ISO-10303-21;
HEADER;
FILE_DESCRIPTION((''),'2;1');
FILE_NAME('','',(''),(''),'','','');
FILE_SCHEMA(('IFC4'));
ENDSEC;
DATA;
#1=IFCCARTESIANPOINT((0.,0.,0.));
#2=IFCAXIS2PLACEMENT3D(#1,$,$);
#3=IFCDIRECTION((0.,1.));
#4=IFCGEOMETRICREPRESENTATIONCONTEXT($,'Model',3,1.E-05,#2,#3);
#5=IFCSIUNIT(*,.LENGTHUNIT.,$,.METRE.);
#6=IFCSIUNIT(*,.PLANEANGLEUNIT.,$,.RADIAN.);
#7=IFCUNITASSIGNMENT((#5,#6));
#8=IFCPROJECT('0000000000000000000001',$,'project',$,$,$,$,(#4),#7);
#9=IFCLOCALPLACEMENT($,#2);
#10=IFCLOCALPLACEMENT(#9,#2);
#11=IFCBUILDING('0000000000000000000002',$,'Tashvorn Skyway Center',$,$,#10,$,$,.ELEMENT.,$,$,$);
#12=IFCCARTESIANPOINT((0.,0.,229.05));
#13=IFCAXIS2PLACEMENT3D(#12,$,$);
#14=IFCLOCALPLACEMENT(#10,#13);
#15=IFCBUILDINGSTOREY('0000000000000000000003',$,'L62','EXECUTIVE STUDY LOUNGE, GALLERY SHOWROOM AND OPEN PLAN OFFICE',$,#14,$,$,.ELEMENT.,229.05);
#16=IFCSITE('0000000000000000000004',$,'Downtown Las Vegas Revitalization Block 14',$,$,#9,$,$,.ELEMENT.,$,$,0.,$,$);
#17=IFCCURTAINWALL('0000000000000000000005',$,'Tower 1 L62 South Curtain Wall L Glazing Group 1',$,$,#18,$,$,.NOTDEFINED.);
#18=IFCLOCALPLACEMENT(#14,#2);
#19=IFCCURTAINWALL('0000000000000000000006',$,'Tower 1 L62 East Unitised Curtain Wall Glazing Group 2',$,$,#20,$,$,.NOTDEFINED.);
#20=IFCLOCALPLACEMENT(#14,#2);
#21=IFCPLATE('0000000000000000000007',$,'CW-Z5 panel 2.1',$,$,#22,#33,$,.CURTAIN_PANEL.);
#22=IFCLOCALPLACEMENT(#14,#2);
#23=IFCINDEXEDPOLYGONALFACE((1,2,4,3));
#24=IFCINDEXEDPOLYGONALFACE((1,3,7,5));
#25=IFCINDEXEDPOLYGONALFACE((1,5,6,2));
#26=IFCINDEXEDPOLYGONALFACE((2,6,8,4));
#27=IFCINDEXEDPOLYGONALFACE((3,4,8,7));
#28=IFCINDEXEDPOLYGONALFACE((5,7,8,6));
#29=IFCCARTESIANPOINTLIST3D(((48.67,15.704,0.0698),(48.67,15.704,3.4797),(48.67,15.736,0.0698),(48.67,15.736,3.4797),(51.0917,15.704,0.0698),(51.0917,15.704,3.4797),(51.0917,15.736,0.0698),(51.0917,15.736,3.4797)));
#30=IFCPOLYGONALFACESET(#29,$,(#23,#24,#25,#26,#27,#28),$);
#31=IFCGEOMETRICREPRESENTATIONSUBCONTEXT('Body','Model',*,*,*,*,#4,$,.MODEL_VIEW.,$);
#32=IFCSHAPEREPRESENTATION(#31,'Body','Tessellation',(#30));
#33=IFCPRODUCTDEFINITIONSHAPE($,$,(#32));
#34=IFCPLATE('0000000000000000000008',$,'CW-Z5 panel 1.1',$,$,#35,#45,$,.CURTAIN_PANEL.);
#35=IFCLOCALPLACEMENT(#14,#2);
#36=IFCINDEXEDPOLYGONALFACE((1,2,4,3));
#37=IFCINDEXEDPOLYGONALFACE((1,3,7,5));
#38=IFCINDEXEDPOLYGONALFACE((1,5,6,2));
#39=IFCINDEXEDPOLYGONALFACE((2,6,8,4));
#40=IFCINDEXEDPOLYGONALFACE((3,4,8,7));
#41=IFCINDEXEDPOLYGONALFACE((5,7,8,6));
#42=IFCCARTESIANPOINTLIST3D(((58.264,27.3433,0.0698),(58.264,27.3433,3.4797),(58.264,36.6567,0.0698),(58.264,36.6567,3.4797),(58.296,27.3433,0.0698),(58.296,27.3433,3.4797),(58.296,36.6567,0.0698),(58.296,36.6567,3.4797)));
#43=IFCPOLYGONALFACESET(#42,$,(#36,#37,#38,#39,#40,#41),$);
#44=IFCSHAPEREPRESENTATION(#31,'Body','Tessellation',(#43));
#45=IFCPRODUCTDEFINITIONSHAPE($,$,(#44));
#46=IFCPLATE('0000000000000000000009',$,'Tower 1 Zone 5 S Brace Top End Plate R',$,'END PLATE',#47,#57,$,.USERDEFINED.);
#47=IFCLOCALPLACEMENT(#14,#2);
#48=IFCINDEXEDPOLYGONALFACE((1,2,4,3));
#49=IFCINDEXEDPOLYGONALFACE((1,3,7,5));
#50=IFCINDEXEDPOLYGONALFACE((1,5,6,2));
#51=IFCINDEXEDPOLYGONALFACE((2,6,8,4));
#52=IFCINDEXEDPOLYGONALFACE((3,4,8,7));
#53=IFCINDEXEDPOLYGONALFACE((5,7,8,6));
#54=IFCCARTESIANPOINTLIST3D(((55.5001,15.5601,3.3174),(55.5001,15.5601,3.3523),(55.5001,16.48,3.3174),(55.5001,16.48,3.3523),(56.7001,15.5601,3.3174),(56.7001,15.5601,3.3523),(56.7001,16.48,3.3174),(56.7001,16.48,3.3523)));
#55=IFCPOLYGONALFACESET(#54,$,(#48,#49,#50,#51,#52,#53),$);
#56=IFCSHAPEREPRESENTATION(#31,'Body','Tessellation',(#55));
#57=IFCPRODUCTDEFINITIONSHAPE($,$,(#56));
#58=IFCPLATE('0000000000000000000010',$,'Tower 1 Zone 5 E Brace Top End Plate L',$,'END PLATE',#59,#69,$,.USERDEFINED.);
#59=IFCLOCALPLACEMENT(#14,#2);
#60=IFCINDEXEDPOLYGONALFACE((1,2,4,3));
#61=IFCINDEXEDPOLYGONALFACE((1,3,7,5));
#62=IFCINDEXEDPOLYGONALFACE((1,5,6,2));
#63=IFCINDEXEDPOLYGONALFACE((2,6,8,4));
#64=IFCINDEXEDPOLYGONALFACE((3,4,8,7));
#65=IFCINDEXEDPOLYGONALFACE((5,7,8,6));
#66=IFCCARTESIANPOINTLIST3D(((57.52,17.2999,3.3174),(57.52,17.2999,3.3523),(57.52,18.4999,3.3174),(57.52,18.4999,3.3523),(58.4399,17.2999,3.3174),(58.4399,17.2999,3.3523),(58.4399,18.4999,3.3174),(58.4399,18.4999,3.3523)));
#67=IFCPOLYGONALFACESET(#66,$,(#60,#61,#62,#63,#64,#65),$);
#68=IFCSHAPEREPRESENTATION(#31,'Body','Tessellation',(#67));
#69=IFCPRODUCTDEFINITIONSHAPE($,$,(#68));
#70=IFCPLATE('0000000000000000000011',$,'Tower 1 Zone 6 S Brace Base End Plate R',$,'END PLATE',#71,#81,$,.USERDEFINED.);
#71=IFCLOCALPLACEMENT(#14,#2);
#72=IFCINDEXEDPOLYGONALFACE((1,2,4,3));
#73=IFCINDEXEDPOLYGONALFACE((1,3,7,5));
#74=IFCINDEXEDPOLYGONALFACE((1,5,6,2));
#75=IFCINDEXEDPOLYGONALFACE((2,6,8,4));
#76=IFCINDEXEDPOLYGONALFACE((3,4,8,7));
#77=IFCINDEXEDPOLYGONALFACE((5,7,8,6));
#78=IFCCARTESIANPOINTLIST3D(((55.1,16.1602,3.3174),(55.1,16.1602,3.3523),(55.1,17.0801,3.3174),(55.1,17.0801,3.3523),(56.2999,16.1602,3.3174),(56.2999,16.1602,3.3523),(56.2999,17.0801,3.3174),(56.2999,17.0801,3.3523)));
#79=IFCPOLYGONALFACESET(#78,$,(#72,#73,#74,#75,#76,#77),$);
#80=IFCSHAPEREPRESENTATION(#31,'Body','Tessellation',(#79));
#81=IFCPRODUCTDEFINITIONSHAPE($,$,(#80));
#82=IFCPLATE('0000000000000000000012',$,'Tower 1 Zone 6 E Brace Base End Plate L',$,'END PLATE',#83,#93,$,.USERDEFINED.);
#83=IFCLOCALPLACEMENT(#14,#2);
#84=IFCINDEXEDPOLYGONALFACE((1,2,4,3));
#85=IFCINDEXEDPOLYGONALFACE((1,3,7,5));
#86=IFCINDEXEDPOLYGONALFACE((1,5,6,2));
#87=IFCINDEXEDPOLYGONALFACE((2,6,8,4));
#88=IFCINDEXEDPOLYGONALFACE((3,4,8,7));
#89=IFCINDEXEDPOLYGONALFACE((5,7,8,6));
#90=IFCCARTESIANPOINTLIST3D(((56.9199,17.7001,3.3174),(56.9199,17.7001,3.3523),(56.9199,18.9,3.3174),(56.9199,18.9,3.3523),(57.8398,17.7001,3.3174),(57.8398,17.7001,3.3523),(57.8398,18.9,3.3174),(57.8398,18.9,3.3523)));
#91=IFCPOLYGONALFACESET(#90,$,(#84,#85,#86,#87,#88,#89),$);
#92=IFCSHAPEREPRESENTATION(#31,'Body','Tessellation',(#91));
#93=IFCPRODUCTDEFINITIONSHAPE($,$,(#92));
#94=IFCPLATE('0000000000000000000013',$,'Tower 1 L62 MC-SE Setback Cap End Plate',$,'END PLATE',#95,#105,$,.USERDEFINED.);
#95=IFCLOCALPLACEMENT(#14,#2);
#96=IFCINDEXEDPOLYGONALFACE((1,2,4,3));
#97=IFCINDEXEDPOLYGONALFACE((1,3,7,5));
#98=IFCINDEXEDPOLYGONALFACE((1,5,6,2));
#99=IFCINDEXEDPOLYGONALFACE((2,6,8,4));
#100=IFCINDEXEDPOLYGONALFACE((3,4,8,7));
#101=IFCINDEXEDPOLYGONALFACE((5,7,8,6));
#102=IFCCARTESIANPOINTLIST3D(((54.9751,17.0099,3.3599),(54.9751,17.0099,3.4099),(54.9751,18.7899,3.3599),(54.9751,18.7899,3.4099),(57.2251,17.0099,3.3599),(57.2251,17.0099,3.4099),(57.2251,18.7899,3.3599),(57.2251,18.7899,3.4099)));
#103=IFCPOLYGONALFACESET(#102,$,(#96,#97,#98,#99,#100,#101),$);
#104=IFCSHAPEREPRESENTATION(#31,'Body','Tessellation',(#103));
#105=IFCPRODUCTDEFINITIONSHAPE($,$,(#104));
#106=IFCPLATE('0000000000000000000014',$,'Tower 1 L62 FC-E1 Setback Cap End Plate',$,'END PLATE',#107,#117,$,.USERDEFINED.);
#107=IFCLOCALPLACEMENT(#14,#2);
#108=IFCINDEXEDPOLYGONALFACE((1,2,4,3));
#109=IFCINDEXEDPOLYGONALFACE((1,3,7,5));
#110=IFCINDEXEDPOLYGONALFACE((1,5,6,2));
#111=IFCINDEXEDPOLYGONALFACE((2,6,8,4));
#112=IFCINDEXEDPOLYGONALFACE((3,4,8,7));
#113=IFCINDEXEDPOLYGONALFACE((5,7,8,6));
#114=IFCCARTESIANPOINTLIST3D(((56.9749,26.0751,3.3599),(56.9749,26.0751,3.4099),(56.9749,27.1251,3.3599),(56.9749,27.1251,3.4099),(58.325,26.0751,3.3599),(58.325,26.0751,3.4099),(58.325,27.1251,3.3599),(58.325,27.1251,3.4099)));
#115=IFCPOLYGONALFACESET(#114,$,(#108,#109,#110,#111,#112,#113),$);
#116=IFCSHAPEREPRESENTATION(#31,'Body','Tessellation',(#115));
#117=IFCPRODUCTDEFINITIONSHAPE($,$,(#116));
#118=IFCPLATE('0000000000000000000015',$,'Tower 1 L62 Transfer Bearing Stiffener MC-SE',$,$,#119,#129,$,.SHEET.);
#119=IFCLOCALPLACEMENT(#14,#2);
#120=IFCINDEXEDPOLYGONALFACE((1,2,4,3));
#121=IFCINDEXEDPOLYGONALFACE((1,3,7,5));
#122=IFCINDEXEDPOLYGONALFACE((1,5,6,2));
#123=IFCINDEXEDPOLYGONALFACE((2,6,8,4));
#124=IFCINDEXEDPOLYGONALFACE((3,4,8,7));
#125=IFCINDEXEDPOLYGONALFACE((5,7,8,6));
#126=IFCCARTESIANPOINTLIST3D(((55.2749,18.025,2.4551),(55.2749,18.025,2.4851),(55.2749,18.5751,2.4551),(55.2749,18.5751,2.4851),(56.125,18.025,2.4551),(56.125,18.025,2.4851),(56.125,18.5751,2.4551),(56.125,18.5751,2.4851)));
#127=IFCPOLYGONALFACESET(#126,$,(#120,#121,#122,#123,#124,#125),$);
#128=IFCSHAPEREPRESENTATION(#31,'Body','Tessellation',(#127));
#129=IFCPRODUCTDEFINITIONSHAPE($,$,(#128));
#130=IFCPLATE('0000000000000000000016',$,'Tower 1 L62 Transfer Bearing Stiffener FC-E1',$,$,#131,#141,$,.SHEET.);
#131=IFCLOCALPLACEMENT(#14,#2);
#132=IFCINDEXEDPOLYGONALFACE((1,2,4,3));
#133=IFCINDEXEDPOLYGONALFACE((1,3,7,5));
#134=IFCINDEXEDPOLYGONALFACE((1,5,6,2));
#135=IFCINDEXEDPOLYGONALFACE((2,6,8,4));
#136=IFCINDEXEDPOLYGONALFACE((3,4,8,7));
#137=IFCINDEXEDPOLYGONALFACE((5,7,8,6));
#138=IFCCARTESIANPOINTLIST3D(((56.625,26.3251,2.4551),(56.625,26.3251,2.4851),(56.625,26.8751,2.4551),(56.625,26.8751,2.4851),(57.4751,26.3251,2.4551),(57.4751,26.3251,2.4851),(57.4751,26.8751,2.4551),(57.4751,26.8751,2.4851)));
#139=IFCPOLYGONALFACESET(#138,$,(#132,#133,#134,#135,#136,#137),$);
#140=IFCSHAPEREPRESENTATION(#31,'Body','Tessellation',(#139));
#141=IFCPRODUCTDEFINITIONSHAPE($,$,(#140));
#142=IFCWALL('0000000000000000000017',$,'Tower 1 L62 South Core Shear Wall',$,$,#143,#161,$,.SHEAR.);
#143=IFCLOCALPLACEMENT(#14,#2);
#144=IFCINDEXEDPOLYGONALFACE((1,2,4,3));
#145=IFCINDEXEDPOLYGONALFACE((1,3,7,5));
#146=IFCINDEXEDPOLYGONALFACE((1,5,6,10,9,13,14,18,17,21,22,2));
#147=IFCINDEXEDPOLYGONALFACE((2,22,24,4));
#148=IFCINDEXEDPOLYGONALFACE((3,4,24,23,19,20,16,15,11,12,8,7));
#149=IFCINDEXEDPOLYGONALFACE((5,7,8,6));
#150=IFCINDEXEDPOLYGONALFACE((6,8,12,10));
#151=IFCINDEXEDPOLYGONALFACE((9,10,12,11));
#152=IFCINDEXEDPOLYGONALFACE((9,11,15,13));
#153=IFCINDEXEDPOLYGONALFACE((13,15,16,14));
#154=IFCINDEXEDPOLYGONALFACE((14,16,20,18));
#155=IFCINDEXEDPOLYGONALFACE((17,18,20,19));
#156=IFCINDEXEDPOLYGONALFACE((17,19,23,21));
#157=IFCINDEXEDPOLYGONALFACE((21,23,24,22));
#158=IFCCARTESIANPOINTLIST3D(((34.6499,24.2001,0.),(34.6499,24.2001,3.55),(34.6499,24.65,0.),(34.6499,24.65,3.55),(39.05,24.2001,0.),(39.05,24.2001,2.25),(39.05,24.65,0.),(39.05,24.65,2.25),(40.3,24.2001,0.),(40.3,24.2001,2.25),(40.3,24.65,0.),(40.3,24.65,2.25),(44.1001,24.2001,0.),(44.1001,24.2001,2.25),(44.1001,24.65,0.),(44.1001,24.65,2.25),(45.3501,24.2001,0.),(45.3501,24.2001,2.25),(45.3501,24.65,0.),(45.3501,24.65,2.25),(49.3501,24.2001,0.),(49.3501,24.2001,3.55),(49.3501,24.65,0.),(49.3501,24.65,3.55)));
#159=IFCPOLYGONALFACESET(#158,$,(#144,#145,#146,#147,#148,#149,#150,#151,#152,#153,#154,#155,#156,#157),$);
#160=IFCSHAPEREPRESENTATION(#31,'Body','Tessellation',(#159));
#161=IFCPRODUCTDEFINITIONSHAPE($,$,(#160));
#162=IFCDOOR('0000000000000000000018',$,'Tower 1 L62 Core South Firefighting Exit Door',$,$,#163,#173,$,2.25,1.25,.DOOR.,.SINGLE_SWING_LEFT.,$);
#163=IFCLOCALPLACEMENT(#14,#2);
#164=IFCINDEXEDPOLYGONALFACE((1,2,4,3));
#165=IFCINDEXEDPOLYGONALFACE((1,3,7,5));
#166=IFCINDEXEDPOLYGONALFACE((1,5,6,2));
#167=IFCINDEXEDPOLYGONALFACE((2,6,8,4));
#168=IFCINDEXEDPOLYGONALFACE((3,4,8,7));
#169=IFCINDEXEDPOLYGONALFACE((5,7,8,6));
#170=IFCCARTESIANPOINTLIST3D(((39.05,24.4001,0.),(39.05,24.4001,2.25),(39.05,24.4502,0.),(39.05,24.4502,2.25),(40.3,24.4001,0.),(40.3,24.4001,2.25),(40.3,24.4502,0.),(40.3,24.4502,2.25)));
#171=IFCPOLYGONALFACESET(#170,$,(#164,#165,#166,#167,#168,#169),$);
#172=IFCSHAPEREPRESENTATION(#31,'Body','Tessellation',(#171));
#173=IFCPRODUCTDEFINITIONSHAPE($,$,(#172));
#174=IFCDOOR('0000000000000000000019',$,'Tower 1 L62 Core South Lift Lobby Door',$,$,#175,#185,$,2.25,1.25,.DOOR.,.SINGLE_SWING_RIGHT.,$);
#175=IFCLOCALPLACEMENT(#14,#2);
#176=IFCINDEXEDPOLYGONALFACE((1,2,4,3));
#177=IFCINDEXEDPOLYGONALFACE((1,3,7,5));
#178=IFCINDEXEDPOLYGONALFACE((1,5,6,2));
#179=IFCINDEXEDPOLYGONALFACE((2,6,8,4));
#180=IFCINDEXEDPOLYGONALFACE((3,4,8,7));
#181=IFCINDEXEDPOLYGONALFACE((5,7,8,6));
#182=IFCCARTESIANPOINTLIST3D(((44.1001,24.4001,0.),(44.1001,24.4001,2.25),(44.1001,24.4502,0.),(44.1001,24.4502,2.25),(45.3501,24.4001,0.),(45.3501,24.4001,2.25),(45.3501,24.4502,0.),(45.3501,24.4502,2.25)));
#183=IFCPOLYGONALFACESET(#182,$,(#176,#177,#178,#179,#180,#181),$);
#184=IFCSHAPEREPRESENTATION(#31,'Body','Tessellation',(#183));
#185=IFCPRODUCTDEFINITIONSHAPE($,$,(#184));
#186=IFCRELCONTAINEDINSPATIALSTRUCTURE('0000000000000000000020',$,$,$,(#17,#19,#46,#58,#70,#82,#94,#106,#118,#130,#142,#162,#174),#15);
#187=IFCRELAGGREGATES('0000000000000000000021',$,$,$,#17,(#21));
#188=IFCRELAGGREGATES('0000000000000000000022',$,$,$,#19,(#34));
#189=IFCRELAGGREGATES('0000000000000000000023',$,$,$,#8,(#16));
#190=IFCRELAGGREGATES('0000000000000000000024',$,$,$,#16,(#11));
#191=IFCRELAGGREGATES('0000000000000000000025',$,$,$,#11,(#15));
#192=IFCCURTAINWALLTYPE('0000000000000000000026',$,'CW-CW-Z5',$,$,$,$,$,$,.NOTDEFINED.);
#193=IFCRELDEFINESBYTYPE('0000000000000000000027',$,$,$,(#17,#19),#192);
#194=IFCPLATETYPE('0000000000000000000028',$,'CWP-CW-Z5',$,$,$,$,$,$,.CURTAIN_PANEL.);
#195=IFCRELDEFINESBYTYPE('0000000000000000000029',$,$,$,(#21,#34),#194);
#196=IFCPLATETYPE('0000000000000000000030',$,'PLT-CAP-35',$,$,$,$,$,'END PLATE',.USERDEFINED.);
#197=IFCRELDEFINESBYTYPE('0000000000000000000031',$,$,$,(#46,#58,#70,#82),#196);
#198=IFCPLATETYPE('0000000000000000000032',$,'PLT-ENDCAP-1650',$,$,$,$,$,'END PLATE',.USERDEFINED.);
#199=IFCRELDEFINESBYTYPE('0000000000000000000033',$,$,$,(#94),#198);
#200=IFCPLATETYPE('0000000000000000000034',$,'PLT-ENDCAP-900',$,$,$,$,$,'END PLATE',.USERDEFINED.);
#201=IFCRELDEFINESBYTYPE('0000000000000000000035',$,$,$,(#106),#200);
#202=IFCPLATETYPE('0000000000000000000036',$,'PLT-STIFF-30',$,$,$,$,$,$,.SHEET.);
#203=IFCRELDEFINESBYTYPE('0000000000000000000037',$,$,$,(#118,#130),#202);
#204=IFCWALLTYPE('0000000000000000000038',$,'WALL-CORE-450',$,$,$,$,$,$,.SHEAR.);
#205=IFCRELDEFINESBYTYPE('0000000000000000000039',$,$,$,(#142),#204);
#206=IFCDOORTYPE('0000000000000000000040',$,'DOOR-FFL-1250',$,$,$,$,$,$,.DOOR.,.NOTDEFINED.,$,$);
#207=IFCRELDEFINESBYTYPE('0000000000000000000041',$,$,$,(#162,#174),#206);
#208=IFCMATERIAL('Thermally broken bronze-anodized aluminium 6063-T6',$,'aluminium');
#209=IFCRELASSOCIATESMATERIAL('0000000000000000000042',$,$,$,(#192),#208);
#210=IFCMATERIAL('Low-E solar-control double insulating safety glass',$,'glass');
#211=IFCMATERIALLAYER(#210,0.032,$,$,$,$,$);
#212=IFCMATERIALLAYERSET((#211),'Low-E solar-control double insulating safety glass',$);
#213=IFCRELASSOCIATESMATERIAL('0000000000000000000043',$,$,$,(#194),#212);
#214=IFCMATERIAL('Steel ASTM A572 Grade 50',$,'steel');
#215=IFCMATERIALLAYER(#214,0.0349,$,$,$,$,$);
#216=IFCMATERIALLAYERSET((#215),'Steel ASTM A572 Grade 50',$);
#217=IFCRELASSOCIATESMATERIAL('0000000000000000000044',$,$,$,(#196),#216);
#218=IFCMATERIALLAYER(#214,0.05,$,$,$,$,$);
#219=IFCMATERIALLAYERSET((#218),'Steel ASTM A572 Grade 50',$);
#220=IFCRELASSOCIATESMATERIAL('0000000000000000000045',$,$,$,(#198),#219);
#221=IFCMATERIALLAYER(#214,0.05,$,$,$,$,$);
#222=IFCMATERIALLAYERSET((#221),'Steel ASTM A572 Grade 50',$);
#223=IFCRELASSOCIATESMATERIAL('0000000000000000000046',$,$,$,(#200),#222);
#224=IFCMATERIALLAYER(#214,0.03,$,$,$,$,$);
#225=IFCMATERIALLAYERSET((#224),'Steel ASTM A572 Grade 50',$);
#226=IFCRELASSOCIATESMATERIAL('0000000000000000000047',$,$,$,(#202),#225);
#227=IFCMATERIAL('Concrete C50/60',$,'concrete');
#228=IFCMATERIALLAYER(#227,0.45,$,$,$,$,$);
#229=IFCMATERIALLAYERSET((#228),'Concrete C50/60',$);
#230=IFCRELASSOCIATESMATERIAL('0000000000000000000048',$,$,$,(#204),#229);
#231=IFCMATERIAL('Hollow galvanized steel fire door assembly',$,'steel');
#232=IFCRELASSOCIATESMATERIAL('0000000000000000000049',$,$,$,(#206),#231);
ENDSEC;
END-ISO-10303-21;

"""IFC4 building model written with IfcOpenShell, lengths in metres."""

from ifc_helpers import new_model, si_unit, direction, frame, frame_2d, origin, origin_2d, place, context, subcontext, project, spatial, rectangle, extrude, material, layer, layer_set, type_object, element, fill, aggregate, save


model = new_model("IFC4")

# Units and contexts
model_context = context("Model", 3, precision=1e-05, world=origin(), true_north=direction((0.0, 1.0)))
body_context = subcontext(model_context, "Body", "Model", "MODEL_VIEW")
ifc_project = project(units=[si_unit("LENGTHUNIT", "METRE"), si_unit("PLANEANGLEUNIT", "RADIAN")], contexts=[model_context])

# Site, building, storey
site_placement = place(None, origin())
site = spatial("IfcSite", under=ifc_project, at=site_placement, Name="Downtown Las Vegas Revitalization Block 14", CompositionType="ELEMENT", RefElevation=0.0)
building_placement = place(site_placement, origin())
building = spatial("IfcBuilding", under=site, at=building_placement, Name="Tashvorn Skyway Center", CompositionType="ELEMENT")
storey_placement = place(building_placement, frame((0.0, 0.0, 229.05)))
storey = spatial("IfcBuildingStorey", under=building, at=storey_placement, Name="L62", Description="EXECUTIVE STUDY LOUNGE, GALLERY SHOWROOM AND OPEN PLAN OFFICE", CompositionType="ELEMENT", Elevation=229.05)

# Shared definitions
ifc_material_1 = material(Name="Steel ASTM A572 Grade 50", Category="steel")

# Curtain wall
ifc_material_2 = material(Name="Thermally broken bronze-anodized aluminium 6063-T6", Category="aluminium")
curtain_wall_type = type_object("IfcCurtainWallType", Name="CW-CW-Z5", PredefinedType="NOTDEFINED", material=ifc_material_2)
curtain_wall_1_placement = place(storey_placement, origin())
curtain_wall_1 = element("IfcCurtainWall", 1, at=curtain_wall_1_placement, inside=storey, type_object=curtain_wall_type, Name="Tower 1 L62 South Curtain Wall L Glazing Group 1", PredefinedType="NOTDEFINED")

# Curtain wall
curtain_wall_2_placement = place(storey_placement, origin())
curtain_wall_2 = element("IfcCurtainWall", 2, at=curtain_wall_2_placement, inside=storey, type_object=curtain_wall_type, Name="Tower 1 L62 East Unitised Curtain Wall Glazing Group 2", PredefinedType="NOTDEFINED")

# Plates
ifc_material_3 = material(Name="Low-E solar-control double insulating safety glass", Category="glass")
ifc_layer_1 = layer(ifc_material_3, 0.032)
ifc_layer_set_1 = layer_set([ifc_layer_1], Name="Low-E solar-control double insulating safety glass")
plate_type_1 = type_object("IfcPlateType", Name="CWP-CW-Z5", PredefinedType="CURTAIN_PANEL", material=ifc_layer_set_1)
plate_1_placement = place(storey_placement, frame((49.8809, 15.72, 0.0698), z_axis=(0.0, 0.0, 1.0), x_axis=(-1.0, 0.0, 0.0)))
plate_1 = element("IfcPlate", 3, at=plate_1_placement, type_object=plate_type_1, Name="CW-Z5 panel 2.1", PredefinedType="CURTAIN_PANEL", context=body_context, shape_type="SweptSolid", body=[
    extrude(rectangle(XDim=2.4216, YDim=0.032, at=origin_2d()), origin(), (0.0, 0.0, 1.0), 3.4099),
])
aggregate(curtain_wall_1, [plate_1])
plate_2_placement = place(storey_placement, frame((58.28, 32.0, 0.0698), z_axis=(0.0, 0.0, 1.0), x_axis=(0.0, -1.0, 0.0)))
plate_2 = element("IfcPlate", 4, at=plate_2_placement, type_object=plate_type_1, Name="CW-Z5 panel 1.1", PredefinedType="CURTAIN_PANEL", context=body_context, shape_type="SweptSolid", body=[
    extrude(rectangle(XDim=9.3135, YDim=0.032, at=origin_2d()), origin(), (0.0, 0.0, 1.0), 3.4099),
])
aggregate(curtain_wall_2, [plate_2])

# Plates
ifc_layer_2 = layer(ifc_material_1, 0.0349)
ifc_layer_set_2 = layer_set([ifc_layer_2], Name="Steel ASTM A572 Grade 50")
plate_type_2 = type_object("IfcPlateType", Name="PLT-CAP-35", ElementType="END PLATE", PredefinedType="USERDEFINED", material=ifc_layer_set_2)
for number, where, z_axis, x_axis, name in (
    (5, (56.1001, 16.02, 3.3174), (0.0, 0.0, 1.0), (1.0, 0.0, 0.0), "Tower 1 Zone 5 S Brace Top End Plate R"),
    (6, (57.98, 17.8999, 3.3174), (0.0, 0.0, 1.0), (0.0, 1.0, 0.0), "Tower 1 Zone 5 E Brace Top End Plate L"),
    (7, (55.7, 16.6201, 3.3174), (0.0, 0.0, 1.0), (1.0, 0.0, 0.0), "Tower 1 Zone 6 S Brace Base End Plate R"),
    (8, (57.3799, 18.3, 3.3174), (0.0, 0.0, 1.0), (0.0, 1.0, 0.0), "Tower 1 Zone 6 E Brace Base End Plate L"),
):
    element("IfcPlate", number, at=place(storey_placement, frame(where, z_axis=z_axis, x_axis=x_axis)), inside=storey, type_object=plate_type_2, Name=name, ObjectType="END PLATE", PredefinedType="USERDEFINED", context=body_context, shape_type="SweptSolid", body=[
        extrude(rectangle(XDim=1.2, YDim=0.9199, at=origin_2d()), origin(), (0.0, 0.0, 1.0), 0.0349),
    ])
ifc_layer_3 = layer(ifc_material_1, 0.05)
ifc_layer_set_3 = layer_set([ifc_layer_3], Name="Steel ASTM A572 Grade 50")
plate_type_3 = type_object("IfcPlateType", Name="PLT-ENDCAP-1650", ElementType="END PLATE", PredefinedType="USERDEFINED", material=ifc_layer_set_3)
plate_3_placement = place(storey_placement, frame((56.1001, 17.8999, 3.3599), z_axis=(0.0, 0.0, 1.0), x_axis=(1.0, 0.0, 0.0)))
element("IfcPlate", 9, at=plate_3_placement, inside=storey, type_object=plate_type_3, Name="Tower 1 L62 MC-SE Setback Cap End Plate", ObjectType="END PLATE", PredefinedType="USERDEFINED", context=body_context, shape_type="SweptSolid", body=[
    extrude(rectangle(XDim=2.25, YDim=1.78, at=origin_2d()), origin(), (0.0, 0.0, 1.0), 0.05),
])
ifc_layer_4 = layer(ifc_material_1, 0.05)
ifc_layer_set_4 = layer_set([ifc_layer_4], Name="Steel ASTM A572 Grade 50")
plate_type_4 = type_object("IfcPlateType", Name="PLT-ENDCAP-900", ElementType="END PLATE", PredefinedType="USERDEFINED", material=ifc_layer_set_4)
plate_4_placement = place(storey_placement, frame((57.6499, 26.6001, 3.3599), z_axis=(0.0, 0.0, 1.0), x_axis=(1.0, 0.0, 0.0)))
element("IfcPlate", 10, at=plate_4_placement, inside=storey, type_object=plate_type_4, Name="Tower 1 L62 FC-E1 Setback Cap End Plate", ObjectType="END PLATE", PredefinedType="USERDEFINED", context=body_context, shape_type="SweptSolid", body=[
    extrude(rectangle(XDim=1.3501, YDim=1.05, at=origin_2d()), origin(), (0.0, 0.0, 1.0), 0.05),
])
ifc_layer_5 = layer(ifc_material_1, 0.03)
ifc_layer_set_5 = layer_set([ifc_layer_5], Name="Steel ASTM A572 Grade 50")
plate_type_5 = type_object("IfcPlateType", Name="PLT-STIFF-30", PredefinedType="SHEET", material=ifc_layer_set_5)
for number, where, z_axis, x_axis, name in (
    (11, (55.7, 18.3, 2.4551), (0.0, 0.0, 1.0), (1.0, 0.0, 0.0), "Tower 1 L62 Transfer Bearing Stiffener MC-SE"),
    (12, (57.05, 26.6001, 2.4551), (0.0, 0.0, 1.0), (1.0, 0.0, 0.0), "Tower 1 L62 Transfer Bearing Stiffener FC-E1"),
):
    element("IfcPlate", number, at=place(storey_placement, frame(where, z_axis=z_axis, x_axis=x_axis)), inside=storey, type_object=plate_type_5, Name=name, PredefinedType="SHEET", context=body_context, shape_type="SweptSolid", body=[
        extrude(rectangle(XDim=0.8501, YDim=0.55, at=origin_2d()), origin(), (0.0, 0.0, 1.0), 0.03),
    ])

# Wall, openings, doors
ifc_material_4 = material(Name="Concrete C50/60", Category="concrete")
ifc_layer_6 = layer(ifc_material_4, 0.45)
ifc_layer_set_6 = layer_set([ifc_layer_6], Name="Concrete C50/60")
wall_type_1 = type_object("IfcWallType", Name="WALL-CORE-450", PredefinedType="SHEAR", material=ifc_layer_set_6)
wall_1_placement = place(storey_placement, frame((49.3501, 24.425, 0.0), z_axis=(0.0, 0.0, 1.0), x_axis=(-1.0, 0.0, 0.0)))
wall_1 = element("IfcWall", 13, at=wall_1_placement, inside=storey, type_object=wall_type_1, Name="Tower 1 L62 South Core Shear Wall", PredefinedType="SHEAR", context=body_context, shape_type="SweptSolid", body=[
    extrude(rectangle(XDim=14.7002, YDim=0.45, at=frame_2d((7.3501, 0.0))), origin(), (0.0, 0.0, 1.0), 3.55),
])
opening_1_placement = place(wall_1_placement, frame((9.05, 0.0, 0.0)))
opening_1 = element("IfcOpeningElement", 14, at=opening_1_placement, cuts=wall_1, PredefinedType="OPENING", context=body_context, shape_type="SweptSolid", body=[
    extrude(rectangle(XDim=1.25, YDim=2.25, at=frame_2d((0.625, 1.125))), frame((0.0, 0.2349, 0.0), z_axis=(0.0, -1.0, 0.0), x_axis=(1.0, 0.0, 0.0)), (0.0, 0.0, 1.0), 0.47),
])
opening_2_placement = place(wall_1_placement, frame((4.0, 0.0, 0.0)))
opening_2 = element("IfcOpeningElement", 15, at=opening_2_placement, cuts=wall_1, PredefinedType="OPENING", context=body_context, shape_type="SweptSolid", body=[
    extrude(rectangle(XDim=1.25, YDim=2.25, at=frame_2d((0.625, 1.125))), frame((0.0, 0.2349, 0.0), z_axis=(0.0, -1.0, 0.0), x_axis=(1.0, 0.0, 0.0)), (0.0, 0.0, 1.0), 0.47),
])
ifc_material_5 = material(Name="Hollow galvanized steel fire door assembly", Category="steel")
door_type = type_object("IfcDoorType", Name="DOOR-FFL-1250", OperationType="NOTDEFINED", PredefinedType="DOOR", material=ifc_material_5)
door_1_placement = place(opening_1_placement, origin())
door_1 = element("IfcDoor", 16, at=door_1_placement, inside=storey, type_object=door_type, Name="Tower 1 L62 Core South Firefighting Exit Door", OperationType="SINGLE_SWING_LEFT", OverallHeight=2.25, OverallWidth=1.25, PredefinedType="DOOR", context=body_context, shape_type="SweptSolid", body=[
    extrude(rectangle(XDim=1.25, YDim=2.25, at=frame_2d((0.625, 1.125))), frame((0.0, 0.0249, 0.0), z_axis=(0.0, -1.0, 0.0), x_axis=(1.0, 0.0, 0.0)), (0.0, 0.0, 1.0), 0.05),
])
fill(opening_1, door_1)
door_2_placement = place(opening_2_placement, origin())
door_2 = element("IfcDoor", 17, at=door_2_placement, inside=storey, type_object=door_type, Name="Tower 1 L62 Core South Lift Lobby Door", OperationType="SINGLE_SWING_RIGHT", OverallHeight=2.25, OverallWidth=1.25, PredefinedType="DOOR", context=body_context, shape_type="SweptSolid", body=[
    extrude(rectangle(XDim=1.25, YDim=2.25, at=frame_2d((0.625, 1.125))), frame((0.0, 0.0249, 0.0), z_axis=(0.0, -1.0, 0.0), x_axis=(1.0, 0.0, 0.0)), (0.0, 0.0, 1.0), 0.05),
])
fill(opening_2, door_2)

save(model, "model.ifc")
